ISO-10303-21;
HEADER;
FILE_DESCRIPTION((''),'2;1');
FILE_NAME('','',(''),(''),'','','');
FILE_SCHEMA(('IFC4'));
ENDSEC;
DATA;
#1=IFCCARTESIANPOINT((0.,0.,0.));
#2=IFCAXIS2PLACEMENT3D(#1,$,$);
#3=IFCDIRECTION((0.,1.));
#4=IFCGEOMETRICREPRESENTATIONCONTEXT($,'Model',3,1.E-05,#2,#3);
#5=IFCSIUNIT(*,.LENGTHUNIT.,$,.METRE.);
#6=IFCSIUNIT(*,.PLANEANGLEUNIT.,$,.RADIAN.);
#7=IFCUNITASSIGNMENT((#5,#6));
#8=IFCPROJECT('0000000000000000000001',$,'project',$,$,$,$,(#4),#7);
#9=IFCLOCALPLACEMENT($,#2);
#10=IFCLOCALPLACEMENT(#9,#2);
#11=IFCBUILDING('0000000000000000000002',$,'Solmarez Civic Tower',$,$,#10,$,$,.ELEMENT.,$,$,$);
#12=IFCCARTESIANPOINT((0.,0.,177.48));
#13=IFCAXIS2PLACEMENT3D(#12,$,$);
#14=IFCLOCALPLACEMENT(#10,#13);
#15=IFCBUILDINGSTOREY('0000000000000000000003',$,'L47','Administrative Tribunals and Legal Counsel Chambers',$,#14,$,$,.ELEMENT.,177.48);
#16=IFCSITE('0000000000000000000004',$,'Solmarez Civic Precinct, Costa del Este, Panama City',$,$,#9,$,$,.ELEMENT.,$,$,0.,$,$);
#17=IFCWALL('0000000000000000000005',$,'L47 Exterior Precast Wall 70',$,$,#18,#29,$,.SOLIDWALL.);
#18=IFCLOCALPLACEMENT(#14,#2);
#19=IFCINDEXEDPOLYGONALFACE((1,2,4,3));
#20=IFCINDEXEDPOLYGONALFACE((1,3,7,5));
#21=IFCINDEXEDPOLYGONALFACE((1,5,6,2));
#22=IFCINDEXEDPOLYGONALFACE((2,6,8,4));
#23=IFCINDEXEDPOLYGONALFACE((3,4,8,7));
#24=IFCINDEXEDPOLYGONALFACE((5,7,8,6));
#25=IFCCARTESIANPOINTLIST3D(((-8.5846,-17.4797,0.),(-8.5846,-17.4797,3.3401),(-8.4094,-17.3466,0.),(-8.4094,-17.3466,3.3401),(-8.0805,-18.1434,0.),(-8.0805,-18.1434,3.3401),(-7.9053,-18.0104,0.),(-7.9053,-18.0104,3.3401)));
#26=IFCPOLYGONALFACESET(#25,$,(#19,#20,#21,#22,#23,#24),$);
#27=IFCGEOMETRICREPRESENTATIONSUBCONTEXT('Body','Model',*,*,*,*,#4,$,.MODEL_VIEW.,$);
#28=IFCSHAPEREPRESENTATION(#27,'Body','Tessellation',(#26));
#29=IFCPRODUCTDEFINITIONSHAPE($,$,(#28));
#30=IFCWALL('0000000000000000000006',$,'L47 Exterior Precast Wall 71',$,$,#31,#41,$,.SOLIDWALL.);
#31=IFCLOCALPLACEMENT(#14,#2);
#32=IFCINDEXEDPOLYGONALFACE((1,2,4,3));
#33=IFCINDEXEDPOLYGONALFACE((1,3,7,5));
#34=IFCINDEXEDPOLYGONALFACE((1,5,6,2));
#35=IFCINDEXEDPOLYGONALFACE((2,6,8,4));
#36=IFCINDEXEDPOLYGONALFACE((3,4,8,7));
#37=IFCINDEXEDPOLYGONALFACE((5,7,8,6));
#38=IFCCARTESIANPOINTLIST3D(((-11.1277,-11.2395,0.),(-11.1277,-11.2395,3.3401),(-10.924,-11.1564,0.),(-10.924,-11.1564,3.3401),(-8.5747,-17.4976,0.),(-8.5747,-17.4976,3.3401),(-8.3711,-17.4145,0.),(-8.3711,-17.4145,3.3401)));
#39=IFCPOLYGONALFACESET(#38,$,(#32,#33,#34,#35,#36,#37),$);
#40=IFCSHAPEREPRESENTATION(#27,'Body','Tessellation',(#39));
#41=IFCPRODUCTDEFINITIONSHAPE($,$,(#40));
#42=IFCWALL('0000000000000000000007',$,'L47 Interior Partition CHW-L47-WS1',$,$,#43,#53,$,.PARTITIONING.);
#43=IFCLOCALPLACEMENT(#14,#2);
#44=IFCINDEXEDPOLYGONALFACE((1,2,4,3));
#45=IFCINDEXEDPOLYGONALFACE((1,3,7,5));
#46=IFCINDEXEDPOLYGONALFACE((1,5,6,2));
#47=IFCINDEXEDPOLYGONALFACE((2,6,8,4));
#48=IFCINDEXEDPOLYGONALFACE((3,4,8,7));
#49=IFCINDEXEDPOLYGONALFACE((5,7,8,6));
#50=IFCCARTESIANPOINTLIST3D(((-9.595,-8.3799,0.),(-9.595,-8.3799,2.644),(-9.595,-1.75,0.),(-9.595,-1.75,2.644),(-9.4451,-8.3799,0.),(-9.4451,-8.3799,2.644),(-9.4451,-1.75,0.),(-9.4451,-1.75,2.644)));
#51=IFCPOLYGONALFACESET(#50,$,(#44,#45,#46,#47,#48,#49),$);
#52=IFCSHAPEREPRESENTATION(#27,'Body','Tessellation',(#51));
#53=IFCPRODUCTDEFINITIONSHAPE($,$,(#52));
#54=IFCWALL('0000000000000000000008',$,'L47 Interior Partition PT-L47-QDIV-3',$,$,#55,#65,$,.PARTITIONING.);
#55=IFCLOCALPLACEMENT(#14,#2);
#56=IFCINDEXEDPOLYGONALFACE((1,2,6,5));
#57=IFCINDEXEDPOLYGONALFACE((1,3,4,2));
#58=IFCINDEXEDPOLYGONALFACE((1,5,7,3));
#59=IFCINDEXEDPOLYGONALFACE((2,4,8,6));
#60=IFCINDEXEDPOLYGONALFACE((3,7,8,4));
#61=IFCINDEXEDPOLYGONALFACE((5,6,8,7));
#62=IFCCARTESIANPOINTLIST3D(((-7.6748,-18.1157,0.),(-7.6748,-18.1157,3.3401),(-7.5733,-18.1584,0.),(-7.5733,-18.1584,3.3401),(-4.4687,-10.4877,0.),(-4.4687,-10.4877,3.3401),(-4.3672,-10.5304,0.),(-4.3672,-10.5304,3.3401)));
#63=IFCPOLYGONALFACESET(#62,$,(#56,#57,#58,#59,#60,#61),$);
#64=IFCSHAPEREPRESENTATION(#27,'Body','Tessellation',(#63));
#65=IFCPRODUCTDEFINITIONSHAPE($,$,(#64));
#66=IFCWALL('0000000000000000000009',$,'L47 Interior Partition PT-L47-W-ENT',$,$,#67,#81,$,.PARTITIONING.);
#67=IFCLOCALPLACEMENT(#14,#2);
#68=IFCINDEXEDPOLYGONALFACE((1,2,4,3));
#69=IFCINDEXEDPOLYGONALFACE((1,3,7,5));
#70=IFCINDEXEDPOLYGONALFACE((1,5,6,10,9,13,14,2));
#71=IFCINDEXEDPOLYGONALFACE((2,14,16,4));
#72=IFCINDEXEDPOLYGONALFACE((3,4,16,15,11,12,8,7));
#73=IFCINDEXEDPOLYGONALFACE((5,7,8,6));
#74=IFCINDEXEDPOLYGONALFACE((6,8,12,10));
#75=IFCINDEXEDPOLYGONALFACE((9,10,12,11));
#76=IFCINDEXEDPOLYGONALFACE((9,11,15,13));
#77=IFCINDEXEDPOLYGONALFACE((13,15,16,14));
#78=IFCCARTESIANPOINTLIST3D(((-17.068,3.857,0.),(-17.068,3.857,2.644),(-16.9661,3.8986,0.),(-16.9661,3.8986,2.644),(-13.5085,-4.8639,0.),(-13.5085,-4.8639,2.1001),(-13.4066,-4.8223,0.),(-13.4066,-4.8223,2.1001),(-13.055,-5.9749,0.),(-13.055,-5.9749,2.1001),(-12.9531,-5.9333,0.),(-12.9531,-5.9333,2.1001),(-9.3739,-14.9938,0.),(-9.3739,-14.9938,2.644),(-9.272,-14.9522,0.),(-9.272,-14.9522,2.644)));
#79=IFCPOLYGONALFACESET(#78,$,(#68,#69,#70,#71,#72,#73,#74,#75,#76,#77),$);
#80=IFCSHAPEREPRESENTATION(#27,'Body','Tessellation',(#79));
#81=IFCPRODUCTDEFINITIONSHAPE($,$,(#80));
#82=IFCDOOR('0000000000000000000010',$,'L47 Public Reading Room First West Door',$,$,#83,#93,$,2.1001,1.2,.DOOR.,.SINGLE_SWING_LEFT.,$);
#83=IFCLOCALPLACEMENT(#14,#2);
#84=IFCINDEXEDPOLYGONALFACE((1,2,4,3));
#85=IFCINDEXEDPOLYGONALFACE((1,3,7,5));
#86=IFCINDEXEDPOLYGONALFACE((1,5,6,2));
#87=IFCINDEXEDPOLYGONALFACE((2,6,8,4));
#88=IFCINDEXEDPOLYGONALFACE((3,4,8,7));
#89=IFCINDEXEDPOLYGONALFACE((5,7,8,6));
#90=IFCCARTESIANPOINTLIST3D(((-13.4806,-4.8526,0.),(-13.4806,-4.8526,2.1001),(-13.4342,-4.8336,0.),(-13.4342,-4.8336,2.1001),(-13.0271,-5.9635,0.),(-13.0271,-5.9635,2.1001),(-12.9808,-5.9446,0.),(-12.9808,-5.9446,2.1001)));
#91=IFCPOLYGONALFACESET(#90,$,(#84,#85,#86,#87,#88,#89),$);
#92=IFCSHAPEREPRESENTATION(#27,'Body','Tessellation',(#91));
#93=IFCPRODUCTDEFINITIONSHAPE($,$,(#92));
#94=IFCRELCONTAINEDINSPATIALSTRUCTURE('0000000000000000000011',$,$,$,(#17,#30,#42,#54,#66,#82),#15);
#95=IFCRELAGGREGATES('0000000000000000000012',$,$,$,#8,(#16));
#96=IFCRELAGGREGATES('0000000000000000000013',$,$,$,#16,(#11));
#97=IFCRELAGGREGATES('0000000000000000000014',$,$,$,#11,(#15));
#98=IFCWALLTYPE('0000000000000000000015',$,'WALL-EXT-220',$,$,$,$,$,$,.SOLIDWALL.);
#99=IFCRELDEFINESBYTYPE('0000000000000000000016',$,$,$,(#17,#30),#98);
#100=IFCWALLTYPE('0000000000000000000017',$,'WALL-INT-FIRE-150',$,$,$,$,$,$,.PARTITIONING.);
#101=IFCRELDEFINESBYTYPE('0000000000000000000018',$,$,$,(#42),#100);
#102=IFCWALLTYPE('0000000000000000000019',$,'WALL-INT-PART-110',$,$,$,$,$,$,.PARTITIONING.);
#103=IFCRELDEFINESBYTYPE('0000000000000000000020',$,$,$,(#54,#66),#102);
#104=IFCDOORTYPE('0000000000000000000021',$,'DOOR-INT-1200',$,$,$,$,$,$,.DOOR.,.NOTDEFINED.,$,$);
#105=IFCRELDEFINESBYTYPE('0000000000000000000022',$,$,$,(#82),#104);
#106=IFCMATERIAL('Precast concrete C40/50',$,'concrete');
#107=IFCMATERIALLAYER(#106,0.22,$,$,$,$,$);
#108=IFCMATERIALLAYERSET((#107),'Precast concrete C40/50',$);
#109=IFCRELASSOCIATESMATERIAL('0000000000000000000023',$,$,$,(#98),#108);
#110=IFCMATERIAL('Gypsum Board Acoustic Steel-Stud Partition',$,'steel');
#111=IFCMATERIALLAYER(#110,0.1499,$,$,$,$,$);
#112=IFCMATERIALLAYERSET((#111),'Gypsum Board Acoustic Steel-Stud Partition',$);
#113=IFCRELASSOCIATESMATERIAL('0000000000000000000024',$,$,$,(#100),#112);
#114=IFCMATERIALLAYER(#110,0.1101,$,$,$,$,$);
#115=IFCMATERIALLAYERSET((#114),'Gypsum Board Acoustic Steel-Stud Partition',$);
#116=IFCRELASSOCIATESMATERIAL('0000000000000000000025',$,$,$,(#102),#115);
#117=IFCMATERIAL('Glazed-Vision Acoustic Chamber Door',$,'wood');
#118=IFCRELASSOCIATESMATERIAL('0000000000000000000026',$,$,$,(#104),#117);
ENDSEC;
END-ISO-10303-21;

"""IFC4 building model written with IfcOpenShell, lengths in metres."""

from ifc_helpers import new_model, si_unit, direction, frame, frame_2d, origin, place, context, subcontext, project, spatial, rectangle, extrude, material, layer, layer_set, type_object, element, fill, save


model = new_model("IFC4")

# Units and contexts
model_context = context("Model", 3, precision=1e-05, world=origin(), true_north=direction((0.0, 1.0)))
body_context = subcontext(model_context, "Body", "Model", "MODEL_VIEW")
ifc_project = project(units=[si_unit("LENGTHUNIT", "METRE"), si_unit("PLANEANGLEUNIT", "RADIAN")], contexts=[model_context])

# Site, building, storey
site_placement = place(None, origin())
site = spatial("IfcSite", under=ifc_project, at=site_placement, Name="Solmarez Civic Precinct, Costa del Este, Panama City", CompositionType="ELEMENT", RefElevation=0.0)
building_placement = place(site_placement, origin())
building = spatial("IfcBuilding", under=site, at=building_placement, Name="Solmarez Civic Tower", CompositionType="ELEMENT")
storey_placement = place(building_placement, frame((0.0, 0.0, 177.48)))
storey = spatial("IfcBuildingStorey", under=building, at=storey_placement, Name="L47", Description="Administrative Tribunals and Legal Counsel Chambers", CompositionType="ELEMENT", Elevation=177.48)

# Shared definitions
ifc_material_1 = material(Name="Precast concrete C40/50", Category="concrete")
ifc_layer_1 = layer(ifc_material_1, 0.22)
ifc_layer_set_1 = layer_set([ifc_layer_1], Name="Precast concrete C40/50")
wall_type_1 = type_object("IfcWallType", Name="WALL-EXT-220", PredefinedType="SOLIDWALL", material=ifc_layer_set_1)

# Walls
wall_1_placement = place(storey_placement, frame((-7.9929, -18.0769, 0.0), z_axis=(0.0, 0.0, 1.0), x_axis=(-0.604816, 0.796365, 0.0)))
element("IfcWall", 1, at=wall_1_placement, inside=storey, type_object=wall_type_1, Name="L47 Exterior Precast Wall 70", PredefinedType="SOLIDWALL", context=body_context, shape_type="SweptSolid", body=[
    extrude(rectangle(XDim=0.8335, YDim=0.22, at=frame_2d((0.4167, 0.0))), origin(), (0.0, 0.0, 1.0), 3.3401),
])
wall_2_placement = place(storey_placement, frame((-8.4729, -17.4561, 0.0), z_axis=(0.0, 0.0, 1.0), x_axis=(-0.377728, 0.925916, 0.0)))
element("IfcWall", 2, at=wall_2_placement, inside=storey, type_object=wall_type_1, Name="L47 Exterior Precast Wall 71", PredefinedType="SOLIDWALL", context=body_context, shape_type="SweptSolid", body=[
    extrude(rectangle(XDim=6.7588, YDim=0.22, at=frame_2d((3.3794, 0.0))), origin(), (0.0, 0.0, 1.0), 3.3401),
])
ifc_material_2 = material(Name="Gypsum Board Acoustic Steel-Stud Partition", Category="steel")
ifc_layer_2 = layer(ifc_material_2, 0.1499)
ifc_layer_set_2 = layer_set([ifc_layer_2], Name="Gypsum Board Acoustic Steel-Stud Partition")
wall_type_2 = type_object("IfcWallType", Name="WALL-INT-FIRE-150", PredefinedType="PARTITIONING", material=ifc_layer_set_2)
wall_3_placement = place(storey_placement, frame((-9.52, -8.3799, 0.0), z_axis=(0.0, 0.0, 1.0), x_axis=(0.0, 1.0, 0.0)))
element("IfcWall", 3, at=wall_3_placement, inside=storey, type_object=wall_type_2, Name="L47 Interior Partition CHW-L47-WS1", PredefinedType="PARTITIONING", context=body_context, shape_type="SweptSolid", body=[
    extrude(rectangle(XDim=6.6299, YDim=0.1499, at=frame_2d((3.3149, 0.0))), origin(), (0.0, 0.0, 1.0), 2.644),
])
ifc_layer_3 = layer(ifc_material_2, 0.1101)
ifc_layer_set_3 = layer_set([ifc_layer_3], Name="Gypsum Board Acoustic Steel-Stud Partition")
wall_type_3 = type_object("IfcWallType", Name="WALL-INT-PART-110", PredefinedType="PARTITIONING", material=ifc_layer_set_3)
wall_4_placement = place(storey_placement, frame((-4.418, -10.509, 0.0), z_axis=(0.0, 0.0, 1.0), x_axis=(-0.387471, -0.921882, 0.0)))
element("IfcWall", 4, at=wall_4_placement, inside=storey, type_object=wall_type_3, Name="L47 Interior Partition PT-L47-QDIV-3", PredefinedType="PARTITIONING", context=body_context, shape_type="SweptSolid", body=[
    extrude(rectangle(XDim=8.2744, YDim=0.1101, at=frame_2d((4.1372, 0.0))), origin(), (0.0, 0.0, 1.0), 3.3401),
])

# Wall, opening, door
wall_5_placement = place(storey_placement, frame((-9.323, -14.9729, 0.0), z_axis=(0.0, 0.0, 1.0), x_axis=(-0.377892, 0.92585, 0.0)))
wall_5 = element("IfcWall", 5, at=wall_5_placement, inside=storey, type_object=wall_type_3, Name="L47 Interior Partition PT-L47-W-ENT", PredefinedType="PARTITIONING", context=body_context, shape_type="SweptSolid", body=[
    extrude(rectangle(XDim=20.3606, YDim=0.1101, at=frame_2d((10.1802, 0.0))), origin(), (0.0, 0.0, 1.0), 2.644),
])
opening_1_placement = place(wall_5_placement, frame((9.741, 0.0, 0.0)))
opening_1 = element("IfcOpeningElement", 6, at=opening_1_placement, cuts=wall_5, PredefinedType="OPENING", context=body_context, shape_type="SweptSolid", body=[
    extrude(rectangle(XDim=1.2, YDim=2.1001, at=frame_2d((0.6001, 1.05))), frame((0.0, 0.0649, 0.0), z_axis=(0.0, -1.0, 0.0), x_axis=(1.0, 0.0, 0.0)), (0.0, 0.0, 1.0), 0.1301),
])
ifc_material_3 = material(Name="Glazed-Vision Acoustic Chamber Door", Category="wood")
door_type_1 = type_object("IfcDoorType", Name="DOOR-INT-1200", OperationType="NOTDEFINED", PredefinedType="DOOR", material=ifc_material_3)
door_1_placement = place(opening_1_placement, origin())
door_1 = element("IfcDoor", 7, at=door_1_placement, inside=storey, type_object=door_type_1, Name="L47 Public Reading Room First West Door", OperationType="SINGLE_SWING_LEFT", OverallHeight=2.1001, OverallWidth=1.2, PredefinedType="DOOR", context=body_context, shape_type="SweptSolid", body=[
    extrude(rectangle(XDim=1.2, YDim=2.1001, at=frame_2d((0.6001, 1.05))), frame((0.0, 0.0249, 0.0), z_axis=(0.0, -1.0, 0.0), x_axis=(1.0, 0.0, 0.0)), (0.0, 0.0, 1.0), 0.05),
])
fill(opening_1, door_1)

save(model, "model.ifc")
